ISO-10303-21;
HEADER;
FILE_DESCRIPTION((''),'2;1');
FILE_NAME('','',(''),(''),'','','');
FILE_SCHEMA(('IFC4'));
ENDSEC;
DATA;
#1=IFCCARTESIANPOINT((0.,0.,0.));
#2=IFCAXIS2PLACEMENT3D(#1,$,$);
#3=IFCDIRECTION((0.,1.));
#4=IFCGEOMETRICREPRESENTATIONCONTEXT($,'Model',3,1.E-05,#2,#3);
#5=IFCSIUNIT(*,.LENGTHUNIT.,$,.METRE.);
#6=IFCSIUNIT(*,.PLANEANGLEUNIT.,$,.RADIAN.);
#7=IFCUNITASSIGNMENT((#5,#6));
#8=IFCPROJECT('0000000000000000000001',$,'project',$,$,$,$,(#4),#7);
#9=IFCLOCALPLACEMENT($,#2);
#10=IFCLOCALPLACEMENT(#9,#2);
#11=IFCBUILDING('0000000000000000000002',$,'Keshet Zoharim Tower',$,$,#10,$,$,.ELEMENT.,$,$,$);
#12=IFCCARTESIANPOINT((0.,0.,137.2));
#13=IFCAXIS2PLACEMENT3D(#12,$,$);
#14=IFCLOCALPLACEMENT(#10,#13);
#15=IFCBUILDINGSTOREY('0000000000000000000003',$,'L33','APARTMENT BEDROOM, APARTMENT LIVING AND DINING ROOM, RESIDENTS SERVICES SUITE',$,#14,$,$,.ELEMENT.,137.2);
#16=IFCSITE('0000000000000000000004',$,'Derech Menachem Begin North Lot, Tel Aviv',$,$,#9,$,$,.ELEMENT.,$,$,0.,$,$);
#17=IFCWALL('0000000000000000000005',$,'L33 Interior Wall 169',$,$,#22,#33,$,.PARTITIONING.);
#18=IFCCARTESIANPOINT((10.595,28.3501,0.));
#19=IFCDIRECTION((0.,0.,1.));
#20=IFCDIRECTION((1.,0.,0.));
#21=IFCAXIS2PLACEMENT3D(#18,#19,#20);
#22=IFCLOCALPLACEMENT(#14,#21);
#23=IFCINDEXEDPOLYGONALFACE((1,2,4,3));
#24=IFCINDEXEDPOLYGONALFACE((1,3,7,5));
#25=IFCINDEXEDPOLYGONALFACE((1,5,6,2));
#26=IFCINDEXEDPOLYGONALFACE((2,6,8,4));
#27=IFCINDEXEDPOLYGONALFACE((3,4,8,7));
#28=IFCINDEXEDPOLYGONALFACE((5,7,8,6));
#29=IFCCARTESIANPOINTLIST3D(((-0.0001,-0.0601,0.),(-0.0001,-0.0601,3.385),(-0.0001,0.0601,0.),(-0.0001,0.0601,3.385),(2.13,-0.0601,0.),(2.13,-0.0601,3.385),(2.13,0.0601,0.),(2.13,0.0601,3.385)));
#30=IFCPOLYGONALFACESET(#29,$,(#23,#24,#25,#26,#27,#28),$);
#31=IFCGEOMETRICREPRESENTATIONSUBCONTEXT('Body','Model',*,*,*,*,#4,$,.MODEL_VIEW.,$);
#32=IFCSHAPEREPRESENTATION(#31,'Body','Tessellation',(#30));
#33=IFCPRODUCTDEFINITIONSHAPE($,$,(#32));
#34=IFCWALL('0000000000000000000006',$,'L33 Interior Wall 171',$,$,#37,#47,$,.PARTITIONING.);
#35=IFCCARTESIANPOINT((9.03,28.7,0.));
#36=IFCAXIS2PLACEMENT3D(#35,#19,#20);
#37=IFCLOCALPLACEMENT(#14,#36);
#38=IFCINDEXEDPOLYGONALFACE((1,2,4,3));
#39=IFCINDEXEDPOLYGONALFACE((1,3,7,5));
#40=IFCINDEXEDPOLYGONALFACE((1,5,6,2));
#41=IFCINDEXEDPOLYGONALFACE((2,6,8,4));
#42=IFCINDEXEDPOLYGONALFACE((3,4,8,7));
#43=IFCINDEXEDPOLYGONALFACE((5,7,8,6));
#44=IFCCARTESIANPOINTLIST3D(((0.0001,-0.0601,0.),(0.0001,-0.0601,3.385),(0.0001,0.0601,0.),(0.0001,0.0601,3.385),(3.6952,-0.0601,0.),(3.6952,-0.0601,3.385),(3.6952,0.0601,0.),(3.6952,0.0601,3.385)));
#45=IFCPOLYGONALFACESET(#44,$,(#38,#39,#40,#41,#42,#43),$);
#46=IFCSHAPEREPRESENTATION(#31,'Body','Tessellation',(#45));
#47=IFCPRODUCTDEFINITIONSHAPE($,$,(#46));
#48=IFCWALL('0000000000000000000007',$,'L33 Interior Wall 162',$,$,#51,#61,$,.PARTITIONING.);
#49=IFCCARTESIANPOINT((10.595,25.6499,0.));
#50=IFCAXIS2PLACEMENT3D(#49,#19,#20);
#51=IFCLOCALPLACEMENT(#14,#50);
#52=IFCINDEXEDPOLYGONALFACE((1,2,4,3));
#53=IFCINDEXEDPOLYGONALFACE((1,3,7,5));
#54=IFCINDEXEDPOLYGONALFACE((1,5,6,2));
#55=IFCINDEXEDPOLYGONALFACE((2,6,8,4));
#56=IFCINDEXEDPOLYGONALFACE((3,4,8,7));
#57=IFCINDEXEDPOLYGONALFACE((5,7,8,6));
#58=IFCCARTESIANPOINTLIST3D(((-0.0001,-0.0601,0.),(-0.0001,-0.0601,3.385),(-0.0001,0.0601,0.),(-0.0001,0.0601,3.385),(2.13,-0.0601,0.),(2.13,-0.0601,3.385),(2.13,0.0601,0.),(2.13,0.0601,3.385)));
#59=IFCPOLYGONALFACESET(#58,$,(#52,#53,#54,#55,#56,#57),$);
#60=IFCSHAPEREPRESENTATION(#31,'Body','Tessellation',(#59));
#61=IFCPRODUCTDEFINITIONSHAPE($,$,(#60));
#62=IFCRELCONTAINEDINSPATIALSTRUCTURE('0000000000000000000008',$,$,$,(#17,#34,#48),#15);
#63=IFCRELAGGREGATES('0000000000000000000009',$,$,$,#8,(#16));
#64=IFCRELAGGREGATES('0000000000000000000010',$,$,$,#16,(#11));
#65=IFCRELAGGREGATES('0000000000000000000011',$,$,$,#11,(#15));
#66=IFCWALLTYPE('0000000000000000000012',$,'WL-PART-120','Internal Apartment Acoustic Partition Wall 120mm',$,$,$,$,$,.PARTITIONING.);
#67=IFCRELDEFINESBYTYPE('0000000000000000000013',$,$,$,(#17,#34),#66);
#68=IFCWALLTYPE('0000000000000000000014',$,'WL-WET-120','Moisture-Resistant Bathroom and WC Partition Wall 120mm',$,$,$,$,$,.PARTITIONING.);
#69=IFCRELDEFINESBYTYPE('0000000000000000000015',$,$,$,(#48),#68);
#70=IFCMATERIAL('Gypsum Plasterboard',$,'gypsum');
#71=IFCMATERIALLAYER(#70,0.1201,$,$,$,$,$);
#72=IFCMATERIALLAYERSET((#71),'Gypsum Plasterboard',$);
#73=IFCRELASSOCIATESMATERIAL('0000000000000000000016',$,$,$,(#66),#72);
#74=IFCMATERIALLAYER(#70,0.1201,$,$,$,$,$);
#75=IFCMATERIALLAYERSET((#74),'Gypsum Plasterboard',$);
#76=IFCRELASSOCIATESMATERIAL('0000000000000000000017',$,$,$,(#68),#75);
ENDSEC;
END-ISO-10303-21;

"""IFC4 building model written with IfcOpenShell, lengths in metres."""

from ifc_helpers import new_model, si_unit, direction, frame, frame_2d, origin, place, context, subcontext, project, spatial, rectangle, extrude, material, layer, layer_set, type_object, element, save


model = new_model("IFC4")

# Units and contexts
model_context = context("Model", 3, precision=1e-05, world=origin(), true_north=direction((0.0, 1.0)))
body_context = subcontext(model_context, "Body", "Model", "MODEL_VIEW")
ifc_project = project(units=[si_unit("LENGTHUNIT", "METRE"), si_unit("PLANEANGLEUNIT", "RADIAN")], contexts=[model_context])

# Site, building, storey
site_placement = place(None, origin())
site = spatial("IfcSite", under=ifc_project, at=site_placement, Name="Derech Menachem Begin North Lot, Tel Aviv", CompositionType="ELEMENT", RefElevation=0.0)
building_placement = place(site_placement, origin())
building = spatial("IfcBuilding", under=site, at=building_placement, Name="Keshet Zoharim Tower", CompositionType="ELEMENT")
storey_placement = place(building_placement, frame((0.0, 0.0, 137.2)))
storey = spatial("IfcBuildingStorey", under=building, at=storey_placement, Name="L33", Description="APARTMENT BEDROOM, APARTMENT LIVING AND DINING ROOM, RESIDENTS SERVICES SUITE", CompositionType="ELEMENT", Elevation=137.2)

# Shared definitions
ifc_material_1 = material(Name="Gypsum Plasterboard", Category="gypsum")

# Shared definitions
ifc_layer_1 = layer(ifc_material_1, 0.1201)
ifc_layer_set_1 = layer_set([ifc_layer_1], Name="Gypsum Plasterboard")
wall_type_1 = type_object("IfcWallType", Name="WL-PART-120", Description="Internal Apartment Acoustic Partition Wall 120mm", PredefinedType="PARTITIONING", material=ifc_layer_set_1)

# Walls
wall_1_placement = place(storey_placement, frame((10.595, 28.3501, 0.0), z_axis=(0.0, 0.0, 1.0), x_axis=(1.0, 0.0, 0.0)))
element("IfcWall", 1, at=wall_1_placement, inside=storey, type_object=wall_type_1, Name="L33 Interior Wall 169", PredefinedType="PARTITIONING", context=body_context, shape_type="SweptSolid", body=[
    extrude(rectangle(XDim=2.1301, YDim=0.1201, at=frame_2d((1.0649, 0.0))), origin(), (0.0, 0.0, 1.0), 3.385),
])
wall_2_placement = place(storey_placement, frame((9.03, 28.7, 0.0), z_axis=(0.0, 0.0, 1.0), x_axis=(1.0, 0.0, 0.0)))
element("IfcWall", 2, at=wall_2_placement, inside=storey, type_object=wall_type_1, Name="L33 Interior Wall 171", PredefinedType="PARTITIONING", context=body_context, shape_type="SweptSolid", body=[
    extrude(rectangle(XDim=3.6951, YDim=0.1201, at=frame_2d((1.8477, 0.0))), origin(), (0.0, 0.0, 1.0), 3.385),
])

# Wall
ifc_layer_2 = layer(ifc_material_1, 0.1201)
ifc_layer_set_2 = layer_set([ifc_layer_2], Name="Gypsum Plasterboard")
wall_type_2 = type_object("IfcWallType", Name="WL-WET-120", Description="Moisture-Resistant Bathroom and WC Partition Wall 120mm", PredefinedType="PARTITIONING", material=ifc_layer_set_2)
wall_3_placement = place(storey_placement, frame((10.595, 25.6499, 0.0), z_axis=(0.0, 0.0, 1.0), x_axis=(1.0, 0.0, 0.0)))
element("IfcWall", 3, at=wall_3_placement, inside=storey, type_object=wall_type_2, Name="L33 Interior Wall 162", PredefinedType="PARTITIONING", context=body_context, shape_type="SweptSolid", body=[
    extrude(rectangle(XDim=2.1301, YDim=0.1201, at=frame_2d((1.0649, 0.0))), origin(), (0.0, 0.0, 1.0), 3.385),
])

save(model, "model.ifc")
